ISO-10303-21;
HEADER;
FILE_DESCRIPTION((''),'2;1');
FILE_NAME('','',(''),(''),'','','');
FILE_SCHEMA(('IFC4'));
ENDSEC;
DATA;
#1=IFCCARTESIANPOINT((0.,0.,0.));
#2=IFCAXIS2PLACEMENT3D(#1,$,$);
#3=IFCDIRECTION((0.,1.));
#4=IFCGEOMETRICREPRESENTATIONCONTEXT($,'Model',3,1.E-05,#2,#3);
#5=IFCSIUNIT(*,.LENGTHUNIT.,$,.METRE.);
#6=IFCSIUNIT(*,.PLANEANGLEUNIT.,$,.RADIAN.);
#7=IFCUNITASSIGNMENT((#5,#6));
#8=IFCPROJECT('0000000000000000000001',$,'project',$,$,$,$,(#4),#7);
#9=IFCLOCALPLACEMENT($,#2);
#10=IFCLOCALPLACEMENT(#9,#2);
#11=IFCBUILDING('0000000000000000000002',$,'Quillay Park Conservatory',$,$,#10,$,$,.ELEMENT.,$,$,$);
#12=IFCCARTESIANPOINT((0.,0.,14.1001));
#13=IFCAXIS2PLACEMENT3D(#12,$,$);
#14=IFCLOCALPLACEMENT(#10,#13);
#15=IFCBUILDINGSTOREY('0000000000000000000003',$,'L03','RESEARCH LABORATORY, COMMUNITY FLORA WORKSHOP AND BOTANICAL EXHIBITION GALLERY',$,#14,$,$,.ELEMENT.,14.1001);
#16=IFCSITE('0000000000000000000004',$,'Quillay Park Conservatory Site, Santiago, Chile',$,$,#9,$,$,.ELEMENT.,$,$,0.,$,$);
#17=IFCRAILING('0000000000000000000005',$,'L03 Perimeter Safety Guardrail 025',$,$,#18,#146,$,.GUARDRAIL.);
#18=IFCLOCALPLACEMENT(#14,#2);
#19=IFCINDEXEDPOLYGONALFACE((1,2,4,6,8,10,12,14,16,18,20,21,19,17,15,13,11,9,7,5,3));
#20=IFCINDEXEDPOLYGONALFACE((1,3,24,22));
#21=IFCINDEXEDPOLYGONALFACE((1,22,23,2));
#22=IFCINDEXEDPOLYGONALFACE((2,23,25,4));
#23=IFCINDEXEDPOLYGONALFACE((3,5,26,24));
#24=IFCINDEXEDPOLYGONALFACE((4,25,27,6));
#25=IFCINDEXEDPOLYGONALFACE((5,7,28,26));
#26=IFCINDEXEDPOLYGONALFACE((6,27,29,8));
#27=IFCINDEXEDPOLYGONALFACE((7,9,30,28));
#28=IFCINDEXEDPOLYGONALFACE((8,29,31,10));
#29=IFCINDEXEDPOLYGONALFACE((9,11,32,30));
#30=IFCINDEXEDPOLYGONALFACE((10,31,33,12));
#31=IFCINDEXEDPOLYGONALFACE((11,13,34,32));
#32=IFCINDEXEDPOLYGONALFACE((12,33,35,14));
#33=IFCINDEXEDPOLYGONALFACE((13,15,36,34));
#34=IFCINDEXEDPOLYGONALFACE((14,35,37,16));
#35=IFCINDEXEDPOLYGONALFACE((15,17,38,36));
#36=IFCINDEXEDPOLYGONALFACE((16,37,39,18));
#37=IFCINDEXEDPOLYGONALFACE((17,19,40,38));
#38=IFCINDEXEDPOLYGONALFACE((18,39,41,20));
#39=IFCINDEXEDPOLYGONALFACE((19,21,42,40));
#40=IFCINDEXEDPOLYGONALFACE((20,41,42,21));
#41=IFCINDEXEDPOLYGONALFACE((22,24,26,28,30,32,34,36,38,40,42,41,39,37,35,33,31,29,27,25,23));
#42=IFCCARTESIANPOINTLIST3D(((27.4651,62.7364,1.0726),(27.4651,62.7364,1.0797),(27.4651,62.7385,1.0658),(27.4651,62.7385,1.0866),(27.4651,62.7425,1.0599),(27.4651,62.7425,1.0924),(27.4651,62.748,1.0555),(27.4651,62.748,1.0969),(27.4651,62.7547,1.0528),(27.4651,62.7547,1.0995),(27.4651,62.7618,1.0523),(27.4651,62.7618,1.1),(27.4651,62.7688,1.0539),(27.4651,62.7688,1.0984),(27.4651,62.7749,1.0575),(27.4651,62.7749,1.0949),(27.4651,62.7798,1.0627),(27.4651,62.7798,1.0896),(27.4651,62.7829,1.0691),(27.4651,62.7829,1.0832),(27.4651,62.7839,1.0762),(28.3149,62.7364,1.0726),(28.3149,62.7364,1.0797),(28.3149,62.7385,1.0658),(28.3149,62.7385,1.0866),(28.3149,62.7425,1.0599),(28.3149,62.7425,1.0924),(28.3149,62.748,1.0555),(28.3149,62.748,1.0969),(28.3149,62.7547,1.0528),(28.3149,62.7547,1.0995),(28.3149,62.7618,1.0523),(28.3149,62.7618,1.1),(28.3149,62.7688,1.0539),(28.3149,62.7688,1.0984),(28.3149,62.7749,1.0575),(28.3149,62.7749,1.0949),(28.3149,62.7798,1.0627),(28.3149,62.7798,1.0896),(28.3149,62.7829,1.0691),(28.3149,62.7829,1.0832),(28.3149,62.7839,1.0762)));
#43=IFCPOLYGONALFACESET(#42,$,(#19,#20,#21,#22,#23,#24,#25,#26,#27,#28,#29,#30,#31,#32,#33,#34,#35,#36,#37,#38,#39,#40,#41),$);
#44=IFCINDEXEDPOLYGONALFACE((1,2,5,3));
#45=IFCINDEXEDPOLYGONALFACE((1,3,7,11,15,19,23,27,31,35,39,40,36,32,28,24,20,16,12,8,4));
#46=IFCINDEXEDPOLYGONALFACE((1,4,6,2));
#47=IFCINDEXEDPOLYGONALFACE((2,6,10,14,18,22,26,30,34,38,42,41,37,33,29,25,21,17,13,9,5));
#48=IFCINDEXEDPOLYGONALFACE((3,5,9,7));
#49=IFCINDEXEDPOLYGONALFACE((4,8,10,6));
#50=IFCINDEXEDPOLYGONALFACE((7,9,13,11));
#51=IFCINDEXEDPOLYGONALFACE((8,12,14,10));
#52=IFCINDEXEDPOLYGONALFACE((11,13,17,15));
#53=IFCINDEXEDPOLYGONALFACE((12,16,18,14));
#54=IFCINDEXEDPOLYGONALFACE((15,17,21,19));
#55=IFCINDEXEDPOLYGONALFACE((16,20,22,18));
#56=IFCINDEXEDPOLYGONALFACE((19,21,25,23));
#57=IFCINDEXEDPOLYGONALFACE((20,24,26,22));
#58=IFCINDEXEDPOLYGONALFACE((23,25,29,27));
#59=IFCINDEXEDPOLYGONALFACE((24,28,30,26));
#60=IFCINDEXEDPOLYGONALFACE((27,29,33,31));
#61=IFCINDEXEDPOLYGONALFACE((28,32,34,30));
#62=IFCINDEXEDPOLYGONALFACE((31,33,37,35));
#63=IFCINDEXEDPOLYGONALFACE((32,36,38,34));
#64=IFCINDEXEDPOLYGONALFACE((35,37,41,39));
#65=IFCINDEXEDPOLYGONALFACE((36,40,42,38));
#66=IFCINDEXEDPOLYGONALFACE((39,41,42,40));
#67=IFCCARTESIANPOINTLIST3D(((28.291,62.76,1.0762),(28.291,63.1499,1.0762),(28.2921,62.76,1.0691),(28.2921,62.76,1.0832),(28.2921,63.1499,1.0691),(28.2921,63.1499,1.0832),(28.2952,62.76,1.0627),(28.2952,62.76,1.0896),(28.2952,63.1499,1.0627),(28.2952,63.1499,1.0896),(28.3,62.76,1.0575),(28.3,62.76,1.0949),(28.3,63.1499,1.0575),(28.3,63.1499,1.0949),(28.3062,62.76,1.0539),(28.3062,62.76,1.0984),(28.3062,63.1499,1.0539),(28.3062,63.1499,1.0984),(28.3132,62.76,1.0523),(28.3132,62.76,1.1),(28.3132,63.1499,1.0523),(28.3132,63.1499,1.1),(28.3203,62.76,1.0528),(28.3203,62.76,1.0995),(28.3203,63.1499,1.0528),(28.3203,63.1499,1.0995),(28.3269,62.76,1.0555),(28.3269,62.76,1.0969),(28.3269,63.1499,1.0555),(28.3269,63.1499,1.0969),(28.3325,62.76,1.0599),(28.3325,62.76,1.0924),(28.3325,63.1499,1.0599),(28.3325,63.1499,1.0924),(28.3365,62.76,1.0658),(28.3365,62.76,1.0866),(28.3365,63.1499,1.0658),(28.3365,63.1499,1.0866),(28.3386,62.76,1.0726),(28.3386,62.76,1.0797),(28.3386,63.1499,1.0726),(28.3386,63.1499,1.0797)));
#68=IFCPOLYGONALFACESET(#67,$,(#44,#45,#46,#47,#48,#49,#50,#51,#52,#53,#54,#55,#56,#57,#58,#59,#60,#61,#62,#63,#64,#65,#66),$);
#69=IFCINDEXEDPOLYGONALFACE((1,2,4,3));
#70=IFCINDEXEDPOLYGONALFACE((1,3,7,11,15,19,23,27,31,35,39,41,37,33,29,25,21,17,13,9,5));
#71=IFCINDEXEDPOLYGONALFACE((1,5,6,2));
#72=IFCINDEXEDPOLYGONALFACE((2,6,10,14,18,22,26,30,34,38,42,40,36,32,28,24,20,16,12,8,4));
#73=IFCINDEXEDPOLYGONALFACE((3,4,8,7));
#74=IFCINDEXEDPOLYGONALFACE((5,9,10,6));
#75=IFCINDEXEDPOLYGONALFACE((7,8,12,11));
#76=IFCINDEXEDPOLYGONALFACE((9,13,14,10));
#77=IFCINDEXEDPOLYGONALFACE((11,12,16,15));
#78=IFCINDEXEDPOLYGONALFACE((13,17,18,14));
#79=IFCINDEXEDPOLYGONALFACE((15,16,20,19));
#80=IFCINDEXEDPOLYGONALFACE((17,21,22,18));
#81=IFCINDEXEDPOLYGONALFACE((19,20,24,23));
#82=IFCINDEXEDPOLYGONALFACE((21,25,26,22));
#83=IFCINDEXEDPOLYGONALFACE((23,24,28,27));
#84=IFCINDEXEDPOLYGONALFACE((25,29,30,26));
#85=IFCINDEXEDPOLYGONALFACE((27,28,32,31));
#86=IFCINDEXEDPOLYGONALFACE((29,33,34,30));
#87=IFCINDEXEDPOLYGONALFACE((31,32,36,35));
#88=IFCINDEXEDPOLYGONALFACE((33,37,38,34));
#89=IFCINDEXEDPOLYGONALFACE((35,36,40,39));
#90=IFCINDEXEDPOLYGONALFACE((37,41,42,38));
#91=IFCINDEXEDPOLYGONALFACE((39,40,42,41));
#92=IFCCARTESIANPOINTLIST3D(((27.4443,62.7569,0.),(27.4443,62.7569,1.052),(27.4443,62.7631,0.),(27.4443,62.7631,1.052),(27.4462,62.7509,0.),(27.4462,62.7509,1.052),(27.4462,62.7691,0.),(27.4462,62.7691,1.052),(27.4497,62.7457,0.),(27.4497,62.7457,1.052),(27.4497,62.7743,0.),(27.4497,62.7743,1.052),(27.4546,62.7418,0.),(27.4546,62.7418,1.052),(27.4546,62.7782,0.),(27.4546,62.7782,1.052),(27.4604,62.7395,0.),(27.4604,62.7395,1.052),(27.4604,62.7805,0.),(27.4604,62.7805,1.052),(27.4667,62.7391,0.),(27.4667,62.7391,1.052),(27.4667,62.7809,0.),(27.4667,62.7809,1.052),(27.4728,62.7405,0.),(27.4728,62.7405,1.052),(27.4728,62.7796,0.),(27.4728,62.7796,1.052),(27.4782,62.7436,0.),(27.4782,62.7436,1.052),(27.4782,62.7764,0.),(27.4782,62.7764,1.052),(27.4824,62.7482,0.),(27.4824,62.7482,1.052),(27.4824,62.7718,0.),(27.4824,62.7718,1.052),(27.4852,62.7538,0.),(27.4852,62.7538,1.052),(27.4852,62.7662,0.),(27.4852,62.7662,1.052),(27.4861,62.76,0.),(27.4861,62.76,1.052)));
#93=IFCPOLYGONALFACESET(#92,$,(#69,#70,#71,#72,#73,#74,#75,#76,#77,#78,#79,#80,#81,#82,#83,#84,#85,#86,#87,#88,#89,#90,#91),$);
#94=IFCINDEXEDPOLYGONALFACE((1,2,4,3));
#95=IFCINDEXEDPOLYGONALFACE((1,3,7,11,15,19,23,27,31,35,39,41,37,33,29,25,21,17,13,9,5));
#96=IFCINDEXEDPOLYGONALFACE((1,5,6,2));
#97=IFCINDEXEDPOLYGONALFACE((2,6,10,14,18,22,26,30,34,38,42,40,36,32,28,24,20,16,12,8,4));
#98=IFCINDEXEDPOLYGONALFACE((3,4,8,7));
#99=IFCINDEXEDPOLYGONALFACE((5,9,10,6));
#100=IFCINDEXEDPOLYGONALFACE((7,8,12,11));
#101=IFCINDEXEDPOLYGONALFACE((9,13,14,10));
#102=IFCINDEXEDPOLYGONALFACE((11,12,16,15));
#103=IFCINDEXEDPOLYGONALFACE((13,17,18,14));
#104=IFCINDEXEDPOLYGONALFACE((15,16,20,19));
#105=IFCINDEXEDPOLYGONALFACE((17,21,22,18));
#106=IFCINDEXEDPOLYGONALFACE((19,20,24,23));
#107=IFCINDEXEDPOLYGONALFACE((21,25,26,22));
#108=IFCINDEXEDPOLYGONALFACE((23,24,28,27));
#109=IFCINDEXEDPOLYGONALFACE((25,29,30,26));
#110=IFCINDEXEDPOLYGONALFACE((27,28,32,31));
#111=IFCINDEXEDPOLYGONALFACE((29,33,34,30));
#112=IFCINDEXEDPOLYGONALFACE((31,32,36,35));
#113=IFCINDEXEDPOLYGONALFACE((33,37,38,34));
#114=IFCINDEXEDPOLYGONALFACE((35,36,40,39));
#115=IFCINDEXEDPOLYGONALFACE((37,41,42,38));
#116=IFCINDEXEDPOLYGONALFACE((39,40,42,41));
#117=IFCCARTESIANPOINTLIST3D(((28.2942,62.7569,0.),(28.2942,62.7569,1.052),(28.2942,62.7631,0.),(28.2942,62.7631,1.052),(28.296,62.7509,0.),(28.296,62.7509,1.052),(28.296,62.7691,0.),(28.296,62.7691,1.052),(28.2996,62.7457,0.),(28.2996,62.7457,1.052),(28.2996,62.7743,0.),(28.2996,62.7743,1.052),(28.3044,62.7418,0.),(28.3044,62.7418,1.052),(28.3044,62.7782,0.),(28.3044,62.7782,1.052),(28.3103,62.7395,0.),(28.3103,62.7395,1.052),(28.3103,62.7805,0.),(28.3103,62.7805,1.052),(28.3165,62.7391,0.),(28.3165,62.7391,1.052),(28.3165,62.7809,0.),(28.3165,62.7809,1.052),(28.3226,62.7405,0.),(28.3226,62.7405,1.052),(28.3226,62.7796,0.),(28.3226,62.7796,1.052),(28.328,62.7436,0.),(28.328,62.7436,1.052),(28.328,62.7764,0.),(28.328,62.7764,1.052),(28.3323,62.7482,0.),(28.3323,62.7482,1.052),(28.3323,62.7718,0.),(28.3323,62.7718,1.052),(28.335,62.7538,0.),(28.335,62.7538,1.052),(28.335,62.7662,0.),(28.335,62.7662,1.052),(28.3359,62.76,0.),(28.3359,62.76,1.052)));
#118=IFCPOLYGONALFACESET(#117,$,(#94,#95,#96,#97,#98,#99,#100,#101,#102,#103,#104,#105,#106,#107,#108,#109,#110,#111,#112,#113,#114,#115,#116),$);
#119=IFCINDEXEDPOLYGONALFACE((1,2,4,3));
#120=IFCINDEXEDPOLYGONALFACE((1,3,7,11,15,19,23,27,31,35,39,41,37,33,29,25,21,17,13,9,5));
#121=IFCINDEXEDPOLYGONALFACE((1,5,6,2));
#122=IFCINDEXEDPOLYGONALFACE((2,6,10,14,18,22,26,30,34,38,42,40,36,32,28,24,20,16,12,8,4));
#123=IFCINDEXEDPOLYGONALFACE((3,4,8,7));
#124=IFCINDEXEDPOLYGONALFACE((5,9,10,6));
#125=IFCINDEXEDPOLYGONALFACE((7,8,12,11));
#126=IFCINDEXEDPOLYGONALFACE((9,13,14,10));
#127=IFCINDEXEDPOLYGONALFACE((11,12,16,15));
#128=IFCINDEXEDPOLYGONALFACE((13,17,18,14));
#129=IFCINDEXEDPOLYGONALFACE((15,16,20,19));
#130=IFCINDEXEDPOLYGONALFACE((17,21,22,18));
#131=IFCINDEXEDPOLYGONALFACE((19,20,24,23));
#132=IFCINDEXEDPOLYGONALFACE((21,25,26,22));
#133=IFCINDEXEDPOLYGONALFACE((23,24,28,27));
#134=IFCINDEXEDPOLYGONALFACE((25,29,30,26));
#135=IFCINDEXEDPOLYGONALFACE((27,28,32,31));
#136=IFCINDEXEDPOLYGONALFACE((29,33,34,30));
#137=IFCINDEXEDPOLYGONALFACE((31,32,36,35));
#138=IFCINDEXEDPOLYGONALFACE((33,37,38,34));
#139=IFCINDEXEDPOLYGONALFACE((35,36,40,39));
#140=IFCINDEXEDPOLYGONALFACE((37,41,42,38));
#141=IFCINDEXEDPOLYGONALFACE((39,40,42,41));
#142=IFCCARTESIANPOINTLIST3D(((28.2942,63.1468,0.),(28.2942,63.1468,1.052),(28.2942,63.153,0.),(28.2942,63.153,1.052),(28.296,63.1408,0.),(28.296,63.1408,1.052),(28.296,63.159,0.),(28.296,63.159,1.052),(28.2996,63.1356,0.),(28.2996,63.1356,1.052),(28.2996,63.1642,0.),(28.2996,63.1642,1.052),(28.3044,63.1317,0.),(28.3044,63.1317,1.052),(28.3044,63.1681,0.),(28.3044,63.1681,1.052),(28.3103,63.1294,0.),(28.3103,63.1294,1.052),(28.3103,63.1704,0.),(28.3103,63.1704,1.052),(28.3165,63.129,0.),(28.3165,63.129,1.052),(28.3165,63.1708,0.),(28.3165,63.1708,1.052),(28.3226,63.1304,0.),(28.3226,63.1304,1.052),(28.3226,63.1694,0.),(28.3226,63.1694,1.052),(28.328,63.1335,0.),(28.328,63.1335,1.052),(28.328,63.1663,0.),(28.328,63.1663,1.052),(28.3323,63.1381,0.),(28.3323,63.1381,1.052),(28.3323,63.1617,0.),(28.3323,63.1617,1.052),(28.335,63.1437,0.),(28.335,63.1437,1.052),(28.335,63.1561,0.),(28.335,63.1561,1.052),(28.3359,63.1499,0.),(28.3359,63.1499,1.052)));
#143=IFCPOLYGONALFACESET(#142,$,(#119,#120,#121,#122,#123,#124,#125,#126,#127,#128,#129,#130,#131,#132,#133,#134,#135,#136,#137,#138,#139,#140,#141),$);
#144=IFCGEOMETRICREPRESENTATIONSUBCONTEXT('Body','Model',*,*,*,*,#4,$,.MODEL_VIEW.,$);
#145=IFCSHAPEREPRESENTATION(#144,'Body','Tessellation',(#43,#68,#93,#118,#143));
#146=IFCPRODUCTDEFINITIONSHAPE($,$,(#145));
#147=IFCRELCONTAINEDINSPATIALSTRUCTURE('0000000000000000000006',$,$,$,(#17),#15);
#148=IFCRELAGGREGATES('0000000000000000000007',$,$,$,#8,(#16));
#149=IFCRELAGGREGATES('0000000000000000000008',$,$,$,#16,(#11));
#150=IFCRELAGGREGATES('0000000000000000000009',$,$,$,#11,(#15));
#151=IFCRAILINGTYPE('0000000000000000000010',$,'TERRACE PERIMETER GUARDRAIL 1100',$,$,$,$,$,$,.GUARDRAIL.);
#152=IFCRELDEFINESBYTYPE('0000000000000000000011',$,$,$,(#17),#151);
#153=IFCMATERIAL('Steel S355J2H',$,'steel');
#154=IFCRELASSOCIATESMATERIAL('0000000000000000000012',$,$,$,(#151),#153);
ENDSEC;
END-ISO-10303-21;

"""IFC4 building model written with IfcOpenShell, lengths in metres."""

from ifc_helpers import new_model, si_unit, direction, frame, origin, origin_2d, place, context, subcontext, project, spatial, circle, extrude, material, type_object, element, save


model = new_model("IFC4")

# Units and contexts
model_context = context("Model", 3, precision=1e-05, world=origin(), true_north=direction((0.0, 1.0)))
body_context = subcontext(model_context, "Body", "Model", "MODEL_VIEW")
ifc_project = project(units=[si_unit("LENGTHUNIT", "METRE"), si_unit("PLANEANGLEUNIT", "RADIAN")], contexts=[model_context])

# Site, building, storey
site_placement = place(None, origin())
site = spatial("IfcSite", under=ifc_project, at=site_placement, Name="Quillay Park Conservatory Site, Santiago, Chile", CompositionType="ELEMENT", RefElevation=0.0)
building_placement = place(site_placement, origin())
building = spatial("IfcBuilding", under=site, at=building_placement, Name="Quillay Park Conservatory", CompositionType="ELEMENT")
storey_placement = place(building_placement, frame((0.0, 0.0, 14.1001)))
storey = spatial("IfcBuildingStorey", under=building, at=storey_placement, Name="L03", Description="RESEARCH LABORATORY, COMMUNITY FLORA WORKSHOP AND BOTANICAL EXHIBITION GALLERY", CompositionType="ELEMENT", Elevation=14.1001)

# Railing
ifc_material_1 = material(Name="Steel S355J2H", Category="steel")
railing_type = type_object("IfcRailingType", Name="TERRACE PERIMETER GUARDRAIL 1100", PredefinedType="GUARDRAIL", material=ifc_material_1)
railing_placement = place(storey_placement, frame((27.4651, 62.76, 0.0)))
element("IfcRailing", 1, at=railing_placement, inside=storey, type_object=railing_type, Name="L03 Perimeter Safety Guardrail 025", PredefinedType="GUARDRAIL", context=body_context, shape_type="SweptSolid", body=[
    extrude(circle(Radius=0.0239, at=origin_2d()), frame((0.0, 0.0, 1.0762), z_axis=(1.0, 0.0, 0.0), x_axis=(0.0, 1.0, 0.0)), (0.0, 0.0, 1.0), 0.8499),
    extrude(circle(Radius=0.0239, at=origin_2d()), frame((0.8499, 0.0, 1.0762), z_axis=(0.0, 1.0, 0.0), x_axis=(-1.0, 0.0, 0.0)), (0.0, 0.0, 1.0), 0.3899),
    extrude(circle(Radius=0.021, at=origin_2d()), origin(), (0.0, 0.0, 1.0), 1.052),
    extrude(circle(Radius=0.021, at=origin_2d()), frame((0.8499, 0.0, 0.0)), (0.0, 0.0, 1.0), 1.052),
    extrude(circle(Radius=0.021, at=origin_2d()), frame((0.8499, 0.3899, 0.0)), (0.0, 0.0, 1.0), 1.052),
])

save(model, "model.ifc")
